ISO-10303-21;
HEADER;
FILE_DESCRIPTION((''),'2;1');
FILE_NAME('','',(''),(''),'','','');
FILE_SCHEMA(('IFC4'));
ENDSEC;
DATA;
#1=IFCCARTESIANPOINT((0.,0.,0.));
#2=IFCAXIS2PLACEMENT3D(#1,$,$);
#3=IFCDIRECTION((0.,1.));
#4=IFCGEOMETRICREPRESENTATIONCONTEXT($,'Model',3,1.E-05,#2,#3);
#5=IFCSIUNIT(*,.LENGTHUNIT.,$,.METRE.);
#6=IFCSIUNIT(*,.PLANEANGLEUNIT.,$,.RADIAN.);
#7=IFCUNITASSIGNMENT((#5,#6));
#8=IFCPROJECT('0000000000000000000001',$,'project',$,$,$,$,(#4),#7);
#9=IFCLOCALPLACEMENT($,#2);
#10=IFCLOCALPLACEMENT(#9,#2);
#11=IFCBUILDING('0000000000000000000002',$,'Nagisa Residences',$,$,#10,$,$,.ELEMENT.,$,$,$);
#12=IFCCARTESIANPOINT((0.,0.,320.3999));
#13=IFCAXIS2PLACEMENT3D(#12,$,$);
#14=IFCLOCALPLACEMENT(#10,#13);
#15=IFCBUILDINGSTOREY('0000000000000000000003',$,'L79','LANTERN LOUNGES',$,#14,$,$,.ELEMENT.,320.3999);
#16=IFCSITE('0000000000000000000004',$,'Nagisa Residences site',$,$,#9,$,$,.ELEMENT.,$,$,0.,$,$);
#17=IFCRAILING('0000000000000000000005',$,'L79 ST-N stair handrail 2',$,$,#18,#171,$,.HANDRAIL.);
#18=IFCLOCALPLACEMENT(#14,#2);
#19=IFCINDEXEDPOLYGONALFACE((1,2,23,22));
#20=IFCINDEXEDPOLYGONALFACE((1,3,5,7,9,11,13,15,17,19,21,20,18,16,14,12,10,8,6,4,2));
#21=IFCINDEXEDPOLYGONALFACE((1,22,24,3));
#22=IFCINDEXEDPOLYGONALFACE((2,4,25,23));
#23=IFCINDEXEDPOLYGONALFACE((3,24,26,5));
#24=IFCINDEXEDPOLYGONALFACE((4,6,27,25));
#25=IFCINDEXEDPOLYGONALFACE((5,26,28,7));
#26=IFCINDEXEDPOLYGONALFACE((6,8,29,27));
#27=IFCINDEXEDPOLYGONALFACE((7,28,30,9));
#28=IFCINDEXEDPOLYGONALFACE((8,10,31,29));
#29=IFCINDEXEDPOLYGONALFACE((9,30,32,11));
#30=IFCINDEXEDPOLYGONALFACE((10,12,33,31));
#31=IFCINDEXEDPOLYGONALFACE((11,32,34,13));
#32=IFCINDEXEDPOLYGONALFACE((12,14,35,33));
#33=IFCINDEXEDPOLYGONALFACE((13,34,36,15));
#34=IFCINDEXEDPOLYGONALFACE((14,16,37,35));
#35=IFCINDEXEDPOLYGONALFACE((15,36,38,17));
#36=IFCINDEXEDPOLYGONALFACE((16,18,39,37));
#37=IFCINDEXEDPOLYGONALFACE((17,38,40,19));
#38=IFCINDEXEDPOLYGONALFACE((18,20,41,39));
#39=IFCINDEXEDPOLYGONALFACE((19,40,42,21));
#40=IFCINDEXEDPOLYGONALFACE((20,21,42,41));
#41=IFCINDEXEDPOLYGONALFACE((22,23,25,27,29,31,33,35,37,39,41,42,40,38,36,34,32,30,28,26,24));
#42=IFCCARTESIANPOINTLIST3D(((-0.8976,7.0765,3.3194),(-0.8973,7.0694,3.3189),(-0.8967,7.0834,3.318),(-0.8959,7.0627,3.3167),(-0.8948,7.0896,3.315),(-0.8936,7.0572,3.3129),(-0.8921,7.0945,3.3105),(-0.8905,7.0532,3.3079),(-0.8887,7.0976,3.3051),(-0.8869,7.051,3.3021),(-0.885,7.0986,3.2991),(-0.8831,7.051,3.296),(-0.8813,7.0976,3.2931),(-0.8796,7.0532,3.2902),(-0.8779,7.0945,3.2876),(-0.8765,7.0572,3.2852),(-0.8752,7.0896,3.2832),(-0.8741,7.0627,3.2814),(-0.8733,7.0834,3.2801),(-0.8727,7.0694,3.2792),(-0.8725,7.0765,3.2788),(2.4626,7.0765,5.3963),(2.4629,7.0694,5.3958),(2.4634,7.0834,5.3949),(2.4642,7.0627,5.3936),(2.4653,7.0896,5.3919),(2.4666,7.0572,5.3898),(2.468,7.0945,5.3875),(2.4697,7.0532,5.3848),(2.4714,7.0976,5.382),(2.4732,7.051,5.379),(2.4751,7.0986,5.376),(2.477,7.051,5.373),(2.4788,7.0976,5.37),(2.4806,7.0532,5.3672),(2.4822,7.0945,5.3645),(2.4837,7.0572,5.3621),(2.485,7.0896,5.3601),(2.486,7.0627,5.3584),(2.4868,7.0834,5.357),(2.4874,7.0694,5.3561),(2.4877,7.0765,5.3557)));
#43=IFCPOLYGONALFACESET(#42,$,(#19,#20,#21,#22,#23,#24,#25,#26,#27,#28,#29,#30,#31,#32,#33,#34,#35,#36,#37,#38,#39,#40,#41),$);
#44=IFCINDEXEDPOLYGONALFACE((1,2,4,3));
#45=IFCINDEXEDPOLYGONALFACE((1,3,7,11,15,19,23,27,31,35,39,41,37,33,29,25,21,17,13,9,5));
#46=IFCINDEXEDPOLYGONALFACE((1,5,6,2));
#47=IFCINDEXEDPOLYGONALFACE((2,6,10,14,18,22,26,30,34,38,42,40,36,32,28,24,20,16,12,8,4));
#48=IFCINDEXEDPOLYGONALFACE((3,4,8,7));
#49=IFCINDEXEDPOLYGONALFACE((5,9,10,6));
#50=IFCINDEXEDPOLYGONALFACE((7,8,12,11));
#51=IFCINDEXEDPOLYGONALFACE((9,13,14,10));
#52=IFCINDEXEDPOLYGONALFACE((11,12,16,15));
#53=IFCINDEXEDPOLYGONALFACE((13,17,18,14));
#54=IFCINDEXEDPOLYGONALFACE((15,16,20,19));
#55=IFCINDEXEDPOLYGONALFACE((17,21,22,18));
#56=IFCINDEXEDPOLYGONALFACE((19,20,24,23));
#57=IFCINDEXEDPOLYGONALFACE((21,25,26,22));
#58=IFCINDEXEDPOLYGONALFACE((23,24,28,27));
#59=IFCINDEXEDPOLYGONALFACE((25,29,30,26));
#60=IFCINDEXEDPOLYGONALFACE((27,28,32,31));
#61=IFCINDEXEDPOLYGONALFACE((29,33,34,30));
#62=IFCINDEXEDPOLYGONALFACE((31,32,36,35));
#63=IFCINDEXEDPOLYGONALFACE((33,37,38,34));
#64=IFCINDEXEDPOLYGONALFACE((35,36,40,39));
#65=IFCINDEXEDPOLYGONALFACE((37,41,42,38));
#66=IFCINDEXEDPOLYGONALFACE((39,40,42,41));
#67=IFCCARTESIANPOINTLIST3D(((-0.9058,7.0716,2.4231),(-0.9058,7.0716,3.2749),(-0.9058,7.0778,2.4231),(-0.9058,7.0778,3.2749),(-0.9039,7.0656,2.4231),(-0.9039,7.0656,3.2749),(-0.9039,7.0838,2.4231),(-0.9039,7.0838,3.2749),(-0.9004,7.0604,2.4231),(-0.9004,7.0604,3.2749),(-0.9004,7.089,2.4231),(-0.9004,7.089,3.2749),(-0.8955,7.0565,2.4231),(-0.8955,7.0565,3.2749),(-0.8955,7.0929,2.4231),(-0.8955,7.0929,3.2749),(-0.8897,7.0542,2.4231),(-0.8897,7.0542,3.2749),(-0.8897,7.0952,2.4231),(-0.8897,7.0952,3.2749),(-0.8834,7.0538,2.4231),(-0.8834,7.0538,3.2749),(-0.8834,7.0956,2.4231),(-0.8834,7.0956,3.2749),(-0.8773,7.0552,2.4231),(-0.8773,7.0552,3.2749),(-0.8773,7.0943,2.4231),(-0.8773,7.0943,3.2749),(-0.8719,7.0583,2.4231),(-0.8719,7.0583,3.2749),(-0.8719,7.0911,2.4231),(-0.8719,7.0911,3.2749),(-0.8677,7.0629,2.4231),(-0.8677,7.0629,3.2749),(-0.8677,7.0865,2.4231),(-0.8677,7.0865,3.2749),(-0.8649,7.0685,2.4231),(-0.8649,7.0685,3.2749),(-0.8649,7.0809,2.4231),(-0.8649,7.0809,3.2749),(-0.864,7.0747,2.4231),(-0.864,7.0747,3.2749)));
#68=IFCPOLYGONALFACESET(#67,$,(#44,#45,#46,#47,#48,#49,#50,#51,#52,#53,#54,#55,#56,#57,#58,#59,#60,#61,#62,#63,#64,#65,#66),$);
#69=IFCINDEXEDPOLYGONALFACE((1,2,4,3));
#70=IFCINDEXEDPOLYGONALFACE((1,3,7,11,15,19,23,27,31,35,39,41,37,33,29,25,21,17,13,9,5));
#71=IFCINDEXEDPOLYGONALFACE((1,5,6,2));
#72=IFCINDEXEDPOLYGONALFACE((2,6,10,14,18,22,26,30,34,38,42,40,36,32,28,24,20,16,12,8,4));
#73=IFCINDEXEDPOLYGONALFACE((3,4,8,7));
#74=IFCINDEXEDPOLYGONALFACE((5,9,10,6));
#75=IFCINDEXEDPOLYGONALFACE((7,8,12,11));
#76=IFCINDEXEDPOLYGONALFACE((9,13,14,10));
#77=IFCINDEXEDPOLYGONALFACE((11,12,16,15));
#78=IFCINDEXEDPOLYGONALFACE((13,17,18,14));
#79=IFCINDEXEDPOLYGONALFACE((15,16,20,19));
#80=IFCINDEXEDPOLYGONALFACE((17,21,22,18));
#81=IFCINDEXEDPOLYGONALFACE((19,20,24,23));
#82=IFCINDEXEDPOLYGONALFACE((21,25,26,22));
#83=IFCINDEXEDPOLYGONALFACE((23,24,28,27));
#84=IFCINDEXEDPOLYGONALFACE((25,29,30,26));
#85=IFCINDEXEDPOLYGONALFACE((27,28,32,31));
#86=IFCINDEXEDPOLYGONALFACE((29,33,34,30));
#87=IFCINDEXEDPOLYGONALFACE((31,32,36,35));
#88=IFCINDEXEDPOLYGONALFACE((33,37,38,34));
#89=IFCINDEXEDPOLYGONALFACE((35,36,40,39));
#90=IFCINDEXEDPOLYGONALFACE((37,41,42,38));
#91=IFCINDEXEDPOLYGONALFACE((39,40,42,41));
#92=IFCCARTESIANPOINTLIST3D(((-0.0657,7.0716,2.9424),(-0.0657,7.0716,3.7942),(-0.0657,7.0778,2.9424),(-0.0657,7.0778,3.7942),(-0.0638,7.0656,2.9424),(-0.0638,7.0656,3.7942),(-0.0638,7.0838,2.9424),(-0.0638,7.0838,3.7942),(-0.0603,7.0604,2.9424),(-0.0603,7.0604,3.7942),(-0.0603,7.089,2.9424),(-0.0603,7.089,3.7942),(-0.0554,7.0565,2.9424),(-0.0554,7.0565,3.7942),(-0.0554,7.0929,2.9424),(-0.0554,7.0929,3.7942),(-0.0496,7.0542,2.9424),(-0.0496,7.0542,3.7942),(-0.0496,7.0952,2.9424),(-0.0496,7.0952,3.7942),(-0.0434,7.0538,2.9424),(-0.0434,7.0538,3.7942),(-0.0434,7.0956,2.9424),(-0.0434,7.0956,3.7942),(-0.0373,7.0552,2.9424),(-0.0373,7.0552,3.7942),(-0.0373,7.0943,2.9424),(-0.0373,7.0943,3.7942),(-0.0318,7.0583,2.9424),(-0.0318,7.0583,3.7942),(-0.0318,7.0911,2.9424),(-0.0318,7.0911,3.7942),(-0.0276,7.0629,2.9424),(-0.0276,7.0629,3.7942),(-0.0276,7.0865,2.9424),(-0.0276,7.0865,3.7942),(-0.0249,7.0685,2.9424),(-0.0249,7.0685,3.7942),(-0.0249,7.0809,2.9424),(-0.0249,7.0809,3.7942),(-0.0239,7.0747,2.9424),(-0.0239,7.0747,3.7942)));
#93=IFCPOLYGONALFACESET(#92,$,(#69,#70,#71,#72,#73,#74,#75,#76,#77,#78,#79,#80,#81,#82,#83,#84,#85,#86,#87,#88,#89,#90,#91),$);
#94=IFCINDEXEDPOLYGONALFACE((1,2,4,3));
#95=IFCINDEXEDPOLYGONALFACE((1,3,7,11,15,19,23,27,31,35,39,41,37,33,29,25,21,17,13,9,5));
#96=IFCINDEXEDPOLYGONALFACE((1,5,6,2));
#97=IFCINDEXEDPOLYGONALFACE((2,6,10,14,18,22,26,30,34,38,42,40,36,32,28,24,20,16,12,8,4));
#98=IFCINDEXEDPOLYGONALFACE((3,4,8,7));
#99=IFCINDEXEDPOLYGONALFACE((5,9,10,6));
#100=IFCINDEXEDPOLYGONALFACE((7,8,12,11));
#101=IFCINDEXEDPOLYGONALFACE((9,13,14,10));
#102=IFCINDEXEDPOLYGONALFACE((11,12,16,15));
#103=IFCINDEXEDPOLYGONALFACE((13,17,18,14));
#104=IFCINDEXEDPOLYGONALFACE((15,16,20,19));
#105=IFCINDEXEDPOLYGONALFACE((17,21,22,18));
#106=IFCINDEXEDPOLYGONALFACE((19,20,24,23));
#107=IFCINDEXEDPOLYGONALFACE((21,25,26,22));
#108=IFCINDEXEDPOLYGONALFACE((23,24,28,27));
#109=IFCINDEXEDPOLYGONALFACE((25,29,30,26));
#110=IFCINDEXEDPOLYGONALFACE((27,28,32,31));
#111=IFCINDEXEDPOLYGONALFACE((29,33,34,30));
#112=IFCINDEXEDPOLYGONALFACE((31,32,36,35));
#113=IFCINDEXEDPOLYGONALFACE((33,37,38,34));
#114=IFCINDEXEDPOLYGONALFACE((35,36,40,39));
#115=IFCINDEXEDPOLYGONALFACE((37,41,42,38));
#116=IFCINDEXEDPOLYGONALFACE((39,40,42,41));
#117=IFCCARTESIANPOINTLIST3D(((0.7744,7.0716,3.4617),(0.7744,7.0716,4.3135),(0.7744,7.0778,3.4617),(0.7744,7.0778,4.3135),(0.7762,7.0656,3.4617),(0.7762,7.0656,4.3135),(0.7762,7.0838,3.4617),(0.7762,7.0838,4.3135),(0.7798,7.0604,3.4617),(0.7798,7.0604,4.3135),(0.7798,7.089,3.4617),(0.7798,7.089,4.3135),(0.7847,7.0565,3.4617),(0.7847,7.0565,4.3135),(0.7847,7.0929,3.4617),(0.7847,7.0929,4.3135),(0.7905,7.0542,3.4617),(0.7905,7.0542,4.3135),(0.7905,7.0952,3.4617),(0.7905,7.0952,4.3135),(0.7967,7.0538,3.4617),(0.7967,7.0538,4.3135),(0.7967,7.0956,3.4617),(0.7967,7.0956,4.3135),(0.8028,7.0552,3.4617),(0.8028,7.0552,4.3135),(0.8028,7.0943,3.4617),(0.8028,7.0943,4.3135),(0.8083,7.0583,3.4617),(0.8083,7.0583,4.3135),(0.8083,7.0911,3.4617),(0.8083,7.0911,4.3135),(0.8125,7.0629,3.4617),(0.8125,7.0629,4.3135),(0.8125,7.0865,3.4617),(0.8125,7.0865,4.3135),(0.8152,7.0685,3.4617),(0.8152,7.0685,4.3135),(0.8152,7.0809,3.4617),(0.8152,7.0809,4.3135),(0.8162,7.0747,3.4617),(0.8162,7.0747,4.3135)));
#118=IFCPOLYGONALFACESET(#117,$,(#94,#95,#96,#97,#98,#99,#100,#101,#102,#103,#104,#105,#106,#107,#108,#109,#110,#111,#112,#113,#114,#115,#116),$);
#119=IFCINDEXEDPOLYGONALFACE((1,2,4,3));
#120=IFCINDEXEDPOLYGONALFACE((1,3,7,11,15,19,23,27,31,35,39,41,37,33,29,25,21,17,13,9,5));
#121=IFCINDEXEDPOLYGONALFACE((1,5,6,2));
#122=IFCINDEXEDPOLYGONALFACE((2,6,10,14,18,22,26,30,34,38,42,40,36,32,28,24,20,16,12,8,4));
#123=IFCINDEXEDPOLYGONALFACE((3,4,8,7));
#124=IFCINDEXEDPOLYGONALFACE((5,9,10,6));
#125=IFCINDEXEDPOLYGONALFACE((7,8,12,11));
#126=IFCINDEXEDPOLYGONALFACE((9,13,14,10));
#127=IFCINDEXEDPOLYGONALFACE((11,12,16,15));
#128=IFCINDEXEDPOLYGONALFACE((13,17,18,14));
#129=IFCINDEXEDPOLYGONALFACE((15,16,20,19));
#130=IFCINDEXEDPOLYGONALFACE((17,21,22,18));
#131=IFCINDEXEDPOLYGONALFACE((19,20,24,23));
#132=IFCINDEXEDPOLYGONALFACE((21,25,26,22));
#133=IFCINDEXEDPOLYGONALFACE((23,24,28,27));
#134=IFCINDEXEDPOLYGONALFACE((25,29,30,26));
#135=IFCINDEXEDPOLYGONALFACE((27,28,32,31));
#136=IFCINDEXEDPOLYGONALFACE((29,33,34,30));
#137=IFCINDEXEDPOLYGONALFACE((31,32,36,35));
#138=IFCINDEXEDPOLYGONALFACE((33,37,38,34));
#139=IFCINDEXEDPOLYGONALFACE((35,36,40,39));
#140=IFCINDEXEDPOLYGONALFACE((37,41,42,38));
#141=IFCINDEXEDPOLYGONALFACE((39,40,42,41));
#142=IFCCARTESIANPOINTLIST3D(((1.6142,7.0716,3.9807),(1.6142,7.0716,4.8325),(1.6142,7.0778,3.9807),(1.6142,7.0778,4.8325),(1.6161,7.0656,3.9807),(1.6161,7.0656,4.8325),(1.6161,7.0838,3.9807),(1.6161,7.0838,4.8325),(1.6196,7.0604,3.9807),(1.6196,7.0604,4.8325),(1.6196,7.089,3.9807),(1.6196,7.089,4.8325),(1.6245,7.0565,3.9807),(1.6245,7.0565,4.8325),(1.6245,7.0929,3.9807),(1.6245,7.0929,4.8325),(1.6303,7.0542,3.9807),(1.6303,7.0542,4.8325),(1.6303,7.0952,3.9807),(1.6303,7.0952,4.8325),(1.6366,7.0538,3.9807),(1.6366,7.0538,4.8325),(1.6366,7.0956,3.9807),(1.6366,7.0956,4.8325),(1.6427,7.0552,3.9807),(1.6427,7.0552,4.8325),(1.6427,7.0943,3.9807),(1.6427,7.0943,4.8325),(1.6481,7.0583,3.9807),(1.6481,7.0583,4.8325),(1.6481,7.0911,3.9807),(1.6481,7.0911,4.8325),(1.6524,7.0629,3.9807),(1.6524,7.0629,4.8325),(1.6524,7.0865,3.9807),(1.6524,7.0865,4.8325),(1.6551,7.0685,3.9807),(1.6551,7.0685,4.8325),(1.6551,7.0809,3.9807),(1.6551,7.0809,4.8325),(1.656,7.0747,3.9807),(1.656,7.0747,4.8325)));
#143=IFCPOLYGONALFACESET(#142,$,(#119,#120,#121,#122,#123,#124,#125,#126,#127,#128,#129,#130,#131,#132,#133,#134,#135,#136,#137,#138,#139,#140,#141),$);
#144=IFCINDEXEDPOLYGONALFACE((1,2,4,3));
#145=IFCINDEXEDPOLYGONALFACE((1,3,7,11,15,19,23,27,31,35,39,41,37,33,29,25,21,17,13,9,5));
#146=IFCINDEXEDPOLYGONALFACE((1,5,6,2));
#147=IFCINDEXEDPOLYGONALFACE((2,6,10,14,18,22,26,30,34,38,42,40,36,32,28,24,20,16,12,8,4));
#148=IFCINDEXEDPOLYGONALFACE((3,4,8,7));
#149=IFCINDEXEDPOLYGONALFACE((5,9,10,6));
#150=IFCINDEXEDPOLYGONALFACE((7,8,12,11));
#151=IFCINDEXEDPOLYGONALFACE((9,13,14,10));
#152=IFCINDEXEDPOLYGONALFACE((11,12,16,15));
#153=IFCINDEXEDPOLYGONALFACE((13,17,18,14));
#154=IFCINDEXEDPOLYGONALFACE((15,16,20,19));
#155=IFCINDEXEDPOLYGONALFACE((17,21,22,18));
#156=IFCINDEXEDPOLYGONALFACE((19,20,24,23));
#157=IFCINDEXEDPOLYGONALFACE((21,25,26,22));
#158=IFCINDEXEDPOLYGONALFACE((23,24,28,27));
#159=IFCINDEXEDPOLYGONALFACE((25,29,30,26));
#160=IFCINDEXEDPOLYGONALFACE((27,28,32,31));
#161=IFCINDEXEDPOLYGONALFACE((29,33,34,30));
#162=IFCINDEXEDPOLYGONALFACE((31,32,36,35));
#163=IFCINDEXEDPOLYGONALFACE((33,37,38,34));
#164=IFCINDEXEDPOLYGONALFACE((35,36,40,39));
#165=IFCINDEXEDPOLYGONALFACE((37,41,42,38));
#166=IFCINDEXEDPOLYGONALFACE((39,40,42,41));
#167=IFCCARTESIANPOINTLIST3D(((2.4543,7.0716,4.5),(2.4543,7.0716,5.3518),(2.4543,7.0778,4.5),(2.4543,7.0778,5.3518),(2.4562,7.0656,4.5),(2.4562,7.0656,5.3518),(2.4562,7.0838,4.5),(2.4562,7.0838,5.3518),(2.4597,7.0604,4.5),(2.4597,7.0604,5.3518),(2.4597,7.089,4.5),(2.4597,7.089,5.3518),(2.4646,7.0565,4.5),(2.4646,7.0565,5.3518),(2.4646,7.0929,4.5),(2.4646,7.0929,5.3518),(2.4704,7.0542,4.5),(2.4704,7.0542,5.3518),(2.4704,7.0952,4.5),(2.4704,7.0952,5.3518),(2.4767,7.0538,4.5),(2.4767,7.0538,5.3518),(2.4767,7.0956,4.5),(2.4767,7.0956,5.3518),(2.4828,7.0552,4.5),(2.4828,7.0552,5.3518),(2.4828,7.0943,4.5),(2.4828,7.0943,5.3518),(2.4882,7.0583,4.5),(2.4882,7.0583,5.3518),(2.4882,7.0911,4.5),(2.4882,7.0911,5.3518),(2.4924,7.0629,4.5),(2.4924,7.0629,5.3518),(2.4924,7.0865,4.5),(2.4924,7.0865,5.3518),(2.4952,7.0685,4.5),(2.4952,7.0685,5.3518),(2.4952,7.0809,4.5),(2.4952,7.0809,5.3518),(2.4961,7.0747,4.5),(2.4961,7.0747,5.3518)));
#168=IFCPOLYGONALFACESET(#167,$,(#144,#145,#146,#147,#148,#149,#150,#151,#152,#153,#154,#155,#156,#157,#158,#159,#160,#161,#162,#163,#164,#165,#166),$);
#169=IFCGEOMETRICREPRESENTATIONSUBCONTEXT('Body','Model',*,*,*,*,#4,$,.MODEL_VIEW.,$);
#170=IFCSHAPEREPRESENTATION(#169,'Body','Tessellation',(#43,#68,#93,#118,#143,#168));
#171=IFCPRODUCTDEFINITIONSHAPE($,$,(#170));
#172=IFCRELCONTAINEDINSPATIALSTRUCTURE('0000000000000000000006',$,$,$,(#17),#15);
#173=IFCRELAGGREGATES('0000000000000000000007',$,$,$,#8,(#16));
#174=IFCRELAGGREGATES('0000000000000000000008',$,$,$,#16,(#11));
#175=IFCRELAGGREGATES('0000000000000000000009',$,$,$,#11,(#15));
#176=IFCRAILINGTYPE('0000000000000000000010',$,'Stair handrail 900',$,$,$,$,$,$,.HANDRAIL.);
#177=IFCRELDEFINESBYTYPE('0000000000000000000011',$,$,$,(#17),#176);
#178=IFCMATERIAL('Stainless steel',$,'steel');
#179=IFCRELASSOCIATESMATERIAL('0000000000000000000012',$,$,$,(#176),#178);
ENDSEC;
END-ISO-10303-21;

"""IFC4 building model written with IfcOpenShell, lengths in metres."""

from ifc_helpers import new_model, si_unit, direction, frame, origin, origin_2d, place, context, subcontext, project, spatial, circle, extrude, material, type_object, element, save


model = new_model("IFC4")

# Units and contexts
model_context = context("Model", 3, precision=1e-05, world=origin(), true_north=direction((0.0, 1.0)))
body_context = subcontext(model_context, "Body", "Model", "MODEL_VIEW")
ifc_project = project(units=[si_unit("LENGTHUNIT", "METRE"), si_unit("PLANEANGLEUNIT", "RADIAN")], contexts=[model_context])

# Site, building, storey
site_placement = place(None, origin())
site = spatial("IfcSite", under=ifc_project, at=site_placement, Name="Nagisa Residences site", CompositionType="ELEMENT", RefElevation=0.0)
building_placement = place(site_placement, origin())
building = spatial("IfcBuilding", under=site, at=building_placement, Name="Nagisa Residences", CompositionType="ELEMENT")
storey_placement = place(building_placement, frame((0.0, 0.0, 320.3999)))
storey = spatial("IfcBuildingStorey", under=building, at=storey_placement, Name="L79", Description="LANTERN LOUNGES", CompositionType="ELEMENT", Elevation=320.3999)

# Railing
ifc_material_1 = material(Name="Stainless steel", Category="steel")
railing_type = type_object("IfcRailingType", Name="Stair handrail 900", PredefinedType="HANDRAIL", material=ifc_material_1)
railing_placement = place(storey_placement, frame((-0.885, 7.0747, 2.4231)))
element("IfcRailing", 1, at=railing_placement, inside=storey, type_object=railing_type, Name="L79 ST-N stair handrail 2", PredefinedType="HANDRAIL", context=body_context, shape_type="SweptSolid", body=[
    extrude(circle(Radius=0.0239, at=origin_2d()), frame((0.0, 0.0, 0.876), z_axis=(0.850623, 0.0, 0.525776), x_axis=(0.0, 1.0, 0.0)), (0.0, 0.0, 1.0), 3.9502),
    extrude(circle(Radius=0.021, at=origin_2d()), origin(), (0.0, 0.0, 1.0), 0.8518),
    extrude(circle(Radius=0.021, at=origin_2d()), frame((0.8401, 0.0, 0.5193)), (0.0, 0.0, 1.0), 0.8518),
    extrude(circle(Radius=0.021, at=origin_2d()), frame((1.6802, 0.0, 1.0386)), (0.0, 0.0, 1.0), 0.8518),
    extrude(circle(Radius=0.021, at=origin_2d()), frame((2.52, 0.0, 1.5576)), (0.0, 0.0, 1.0), 0.8518),
    extrude(circle(Radius=0.021, at=origin_2d()), frame((3.3601, 0.0, 2.0769)), (0.0, 0.0, 1.0), 0.8518),
])

save(model, "model.ifc")
